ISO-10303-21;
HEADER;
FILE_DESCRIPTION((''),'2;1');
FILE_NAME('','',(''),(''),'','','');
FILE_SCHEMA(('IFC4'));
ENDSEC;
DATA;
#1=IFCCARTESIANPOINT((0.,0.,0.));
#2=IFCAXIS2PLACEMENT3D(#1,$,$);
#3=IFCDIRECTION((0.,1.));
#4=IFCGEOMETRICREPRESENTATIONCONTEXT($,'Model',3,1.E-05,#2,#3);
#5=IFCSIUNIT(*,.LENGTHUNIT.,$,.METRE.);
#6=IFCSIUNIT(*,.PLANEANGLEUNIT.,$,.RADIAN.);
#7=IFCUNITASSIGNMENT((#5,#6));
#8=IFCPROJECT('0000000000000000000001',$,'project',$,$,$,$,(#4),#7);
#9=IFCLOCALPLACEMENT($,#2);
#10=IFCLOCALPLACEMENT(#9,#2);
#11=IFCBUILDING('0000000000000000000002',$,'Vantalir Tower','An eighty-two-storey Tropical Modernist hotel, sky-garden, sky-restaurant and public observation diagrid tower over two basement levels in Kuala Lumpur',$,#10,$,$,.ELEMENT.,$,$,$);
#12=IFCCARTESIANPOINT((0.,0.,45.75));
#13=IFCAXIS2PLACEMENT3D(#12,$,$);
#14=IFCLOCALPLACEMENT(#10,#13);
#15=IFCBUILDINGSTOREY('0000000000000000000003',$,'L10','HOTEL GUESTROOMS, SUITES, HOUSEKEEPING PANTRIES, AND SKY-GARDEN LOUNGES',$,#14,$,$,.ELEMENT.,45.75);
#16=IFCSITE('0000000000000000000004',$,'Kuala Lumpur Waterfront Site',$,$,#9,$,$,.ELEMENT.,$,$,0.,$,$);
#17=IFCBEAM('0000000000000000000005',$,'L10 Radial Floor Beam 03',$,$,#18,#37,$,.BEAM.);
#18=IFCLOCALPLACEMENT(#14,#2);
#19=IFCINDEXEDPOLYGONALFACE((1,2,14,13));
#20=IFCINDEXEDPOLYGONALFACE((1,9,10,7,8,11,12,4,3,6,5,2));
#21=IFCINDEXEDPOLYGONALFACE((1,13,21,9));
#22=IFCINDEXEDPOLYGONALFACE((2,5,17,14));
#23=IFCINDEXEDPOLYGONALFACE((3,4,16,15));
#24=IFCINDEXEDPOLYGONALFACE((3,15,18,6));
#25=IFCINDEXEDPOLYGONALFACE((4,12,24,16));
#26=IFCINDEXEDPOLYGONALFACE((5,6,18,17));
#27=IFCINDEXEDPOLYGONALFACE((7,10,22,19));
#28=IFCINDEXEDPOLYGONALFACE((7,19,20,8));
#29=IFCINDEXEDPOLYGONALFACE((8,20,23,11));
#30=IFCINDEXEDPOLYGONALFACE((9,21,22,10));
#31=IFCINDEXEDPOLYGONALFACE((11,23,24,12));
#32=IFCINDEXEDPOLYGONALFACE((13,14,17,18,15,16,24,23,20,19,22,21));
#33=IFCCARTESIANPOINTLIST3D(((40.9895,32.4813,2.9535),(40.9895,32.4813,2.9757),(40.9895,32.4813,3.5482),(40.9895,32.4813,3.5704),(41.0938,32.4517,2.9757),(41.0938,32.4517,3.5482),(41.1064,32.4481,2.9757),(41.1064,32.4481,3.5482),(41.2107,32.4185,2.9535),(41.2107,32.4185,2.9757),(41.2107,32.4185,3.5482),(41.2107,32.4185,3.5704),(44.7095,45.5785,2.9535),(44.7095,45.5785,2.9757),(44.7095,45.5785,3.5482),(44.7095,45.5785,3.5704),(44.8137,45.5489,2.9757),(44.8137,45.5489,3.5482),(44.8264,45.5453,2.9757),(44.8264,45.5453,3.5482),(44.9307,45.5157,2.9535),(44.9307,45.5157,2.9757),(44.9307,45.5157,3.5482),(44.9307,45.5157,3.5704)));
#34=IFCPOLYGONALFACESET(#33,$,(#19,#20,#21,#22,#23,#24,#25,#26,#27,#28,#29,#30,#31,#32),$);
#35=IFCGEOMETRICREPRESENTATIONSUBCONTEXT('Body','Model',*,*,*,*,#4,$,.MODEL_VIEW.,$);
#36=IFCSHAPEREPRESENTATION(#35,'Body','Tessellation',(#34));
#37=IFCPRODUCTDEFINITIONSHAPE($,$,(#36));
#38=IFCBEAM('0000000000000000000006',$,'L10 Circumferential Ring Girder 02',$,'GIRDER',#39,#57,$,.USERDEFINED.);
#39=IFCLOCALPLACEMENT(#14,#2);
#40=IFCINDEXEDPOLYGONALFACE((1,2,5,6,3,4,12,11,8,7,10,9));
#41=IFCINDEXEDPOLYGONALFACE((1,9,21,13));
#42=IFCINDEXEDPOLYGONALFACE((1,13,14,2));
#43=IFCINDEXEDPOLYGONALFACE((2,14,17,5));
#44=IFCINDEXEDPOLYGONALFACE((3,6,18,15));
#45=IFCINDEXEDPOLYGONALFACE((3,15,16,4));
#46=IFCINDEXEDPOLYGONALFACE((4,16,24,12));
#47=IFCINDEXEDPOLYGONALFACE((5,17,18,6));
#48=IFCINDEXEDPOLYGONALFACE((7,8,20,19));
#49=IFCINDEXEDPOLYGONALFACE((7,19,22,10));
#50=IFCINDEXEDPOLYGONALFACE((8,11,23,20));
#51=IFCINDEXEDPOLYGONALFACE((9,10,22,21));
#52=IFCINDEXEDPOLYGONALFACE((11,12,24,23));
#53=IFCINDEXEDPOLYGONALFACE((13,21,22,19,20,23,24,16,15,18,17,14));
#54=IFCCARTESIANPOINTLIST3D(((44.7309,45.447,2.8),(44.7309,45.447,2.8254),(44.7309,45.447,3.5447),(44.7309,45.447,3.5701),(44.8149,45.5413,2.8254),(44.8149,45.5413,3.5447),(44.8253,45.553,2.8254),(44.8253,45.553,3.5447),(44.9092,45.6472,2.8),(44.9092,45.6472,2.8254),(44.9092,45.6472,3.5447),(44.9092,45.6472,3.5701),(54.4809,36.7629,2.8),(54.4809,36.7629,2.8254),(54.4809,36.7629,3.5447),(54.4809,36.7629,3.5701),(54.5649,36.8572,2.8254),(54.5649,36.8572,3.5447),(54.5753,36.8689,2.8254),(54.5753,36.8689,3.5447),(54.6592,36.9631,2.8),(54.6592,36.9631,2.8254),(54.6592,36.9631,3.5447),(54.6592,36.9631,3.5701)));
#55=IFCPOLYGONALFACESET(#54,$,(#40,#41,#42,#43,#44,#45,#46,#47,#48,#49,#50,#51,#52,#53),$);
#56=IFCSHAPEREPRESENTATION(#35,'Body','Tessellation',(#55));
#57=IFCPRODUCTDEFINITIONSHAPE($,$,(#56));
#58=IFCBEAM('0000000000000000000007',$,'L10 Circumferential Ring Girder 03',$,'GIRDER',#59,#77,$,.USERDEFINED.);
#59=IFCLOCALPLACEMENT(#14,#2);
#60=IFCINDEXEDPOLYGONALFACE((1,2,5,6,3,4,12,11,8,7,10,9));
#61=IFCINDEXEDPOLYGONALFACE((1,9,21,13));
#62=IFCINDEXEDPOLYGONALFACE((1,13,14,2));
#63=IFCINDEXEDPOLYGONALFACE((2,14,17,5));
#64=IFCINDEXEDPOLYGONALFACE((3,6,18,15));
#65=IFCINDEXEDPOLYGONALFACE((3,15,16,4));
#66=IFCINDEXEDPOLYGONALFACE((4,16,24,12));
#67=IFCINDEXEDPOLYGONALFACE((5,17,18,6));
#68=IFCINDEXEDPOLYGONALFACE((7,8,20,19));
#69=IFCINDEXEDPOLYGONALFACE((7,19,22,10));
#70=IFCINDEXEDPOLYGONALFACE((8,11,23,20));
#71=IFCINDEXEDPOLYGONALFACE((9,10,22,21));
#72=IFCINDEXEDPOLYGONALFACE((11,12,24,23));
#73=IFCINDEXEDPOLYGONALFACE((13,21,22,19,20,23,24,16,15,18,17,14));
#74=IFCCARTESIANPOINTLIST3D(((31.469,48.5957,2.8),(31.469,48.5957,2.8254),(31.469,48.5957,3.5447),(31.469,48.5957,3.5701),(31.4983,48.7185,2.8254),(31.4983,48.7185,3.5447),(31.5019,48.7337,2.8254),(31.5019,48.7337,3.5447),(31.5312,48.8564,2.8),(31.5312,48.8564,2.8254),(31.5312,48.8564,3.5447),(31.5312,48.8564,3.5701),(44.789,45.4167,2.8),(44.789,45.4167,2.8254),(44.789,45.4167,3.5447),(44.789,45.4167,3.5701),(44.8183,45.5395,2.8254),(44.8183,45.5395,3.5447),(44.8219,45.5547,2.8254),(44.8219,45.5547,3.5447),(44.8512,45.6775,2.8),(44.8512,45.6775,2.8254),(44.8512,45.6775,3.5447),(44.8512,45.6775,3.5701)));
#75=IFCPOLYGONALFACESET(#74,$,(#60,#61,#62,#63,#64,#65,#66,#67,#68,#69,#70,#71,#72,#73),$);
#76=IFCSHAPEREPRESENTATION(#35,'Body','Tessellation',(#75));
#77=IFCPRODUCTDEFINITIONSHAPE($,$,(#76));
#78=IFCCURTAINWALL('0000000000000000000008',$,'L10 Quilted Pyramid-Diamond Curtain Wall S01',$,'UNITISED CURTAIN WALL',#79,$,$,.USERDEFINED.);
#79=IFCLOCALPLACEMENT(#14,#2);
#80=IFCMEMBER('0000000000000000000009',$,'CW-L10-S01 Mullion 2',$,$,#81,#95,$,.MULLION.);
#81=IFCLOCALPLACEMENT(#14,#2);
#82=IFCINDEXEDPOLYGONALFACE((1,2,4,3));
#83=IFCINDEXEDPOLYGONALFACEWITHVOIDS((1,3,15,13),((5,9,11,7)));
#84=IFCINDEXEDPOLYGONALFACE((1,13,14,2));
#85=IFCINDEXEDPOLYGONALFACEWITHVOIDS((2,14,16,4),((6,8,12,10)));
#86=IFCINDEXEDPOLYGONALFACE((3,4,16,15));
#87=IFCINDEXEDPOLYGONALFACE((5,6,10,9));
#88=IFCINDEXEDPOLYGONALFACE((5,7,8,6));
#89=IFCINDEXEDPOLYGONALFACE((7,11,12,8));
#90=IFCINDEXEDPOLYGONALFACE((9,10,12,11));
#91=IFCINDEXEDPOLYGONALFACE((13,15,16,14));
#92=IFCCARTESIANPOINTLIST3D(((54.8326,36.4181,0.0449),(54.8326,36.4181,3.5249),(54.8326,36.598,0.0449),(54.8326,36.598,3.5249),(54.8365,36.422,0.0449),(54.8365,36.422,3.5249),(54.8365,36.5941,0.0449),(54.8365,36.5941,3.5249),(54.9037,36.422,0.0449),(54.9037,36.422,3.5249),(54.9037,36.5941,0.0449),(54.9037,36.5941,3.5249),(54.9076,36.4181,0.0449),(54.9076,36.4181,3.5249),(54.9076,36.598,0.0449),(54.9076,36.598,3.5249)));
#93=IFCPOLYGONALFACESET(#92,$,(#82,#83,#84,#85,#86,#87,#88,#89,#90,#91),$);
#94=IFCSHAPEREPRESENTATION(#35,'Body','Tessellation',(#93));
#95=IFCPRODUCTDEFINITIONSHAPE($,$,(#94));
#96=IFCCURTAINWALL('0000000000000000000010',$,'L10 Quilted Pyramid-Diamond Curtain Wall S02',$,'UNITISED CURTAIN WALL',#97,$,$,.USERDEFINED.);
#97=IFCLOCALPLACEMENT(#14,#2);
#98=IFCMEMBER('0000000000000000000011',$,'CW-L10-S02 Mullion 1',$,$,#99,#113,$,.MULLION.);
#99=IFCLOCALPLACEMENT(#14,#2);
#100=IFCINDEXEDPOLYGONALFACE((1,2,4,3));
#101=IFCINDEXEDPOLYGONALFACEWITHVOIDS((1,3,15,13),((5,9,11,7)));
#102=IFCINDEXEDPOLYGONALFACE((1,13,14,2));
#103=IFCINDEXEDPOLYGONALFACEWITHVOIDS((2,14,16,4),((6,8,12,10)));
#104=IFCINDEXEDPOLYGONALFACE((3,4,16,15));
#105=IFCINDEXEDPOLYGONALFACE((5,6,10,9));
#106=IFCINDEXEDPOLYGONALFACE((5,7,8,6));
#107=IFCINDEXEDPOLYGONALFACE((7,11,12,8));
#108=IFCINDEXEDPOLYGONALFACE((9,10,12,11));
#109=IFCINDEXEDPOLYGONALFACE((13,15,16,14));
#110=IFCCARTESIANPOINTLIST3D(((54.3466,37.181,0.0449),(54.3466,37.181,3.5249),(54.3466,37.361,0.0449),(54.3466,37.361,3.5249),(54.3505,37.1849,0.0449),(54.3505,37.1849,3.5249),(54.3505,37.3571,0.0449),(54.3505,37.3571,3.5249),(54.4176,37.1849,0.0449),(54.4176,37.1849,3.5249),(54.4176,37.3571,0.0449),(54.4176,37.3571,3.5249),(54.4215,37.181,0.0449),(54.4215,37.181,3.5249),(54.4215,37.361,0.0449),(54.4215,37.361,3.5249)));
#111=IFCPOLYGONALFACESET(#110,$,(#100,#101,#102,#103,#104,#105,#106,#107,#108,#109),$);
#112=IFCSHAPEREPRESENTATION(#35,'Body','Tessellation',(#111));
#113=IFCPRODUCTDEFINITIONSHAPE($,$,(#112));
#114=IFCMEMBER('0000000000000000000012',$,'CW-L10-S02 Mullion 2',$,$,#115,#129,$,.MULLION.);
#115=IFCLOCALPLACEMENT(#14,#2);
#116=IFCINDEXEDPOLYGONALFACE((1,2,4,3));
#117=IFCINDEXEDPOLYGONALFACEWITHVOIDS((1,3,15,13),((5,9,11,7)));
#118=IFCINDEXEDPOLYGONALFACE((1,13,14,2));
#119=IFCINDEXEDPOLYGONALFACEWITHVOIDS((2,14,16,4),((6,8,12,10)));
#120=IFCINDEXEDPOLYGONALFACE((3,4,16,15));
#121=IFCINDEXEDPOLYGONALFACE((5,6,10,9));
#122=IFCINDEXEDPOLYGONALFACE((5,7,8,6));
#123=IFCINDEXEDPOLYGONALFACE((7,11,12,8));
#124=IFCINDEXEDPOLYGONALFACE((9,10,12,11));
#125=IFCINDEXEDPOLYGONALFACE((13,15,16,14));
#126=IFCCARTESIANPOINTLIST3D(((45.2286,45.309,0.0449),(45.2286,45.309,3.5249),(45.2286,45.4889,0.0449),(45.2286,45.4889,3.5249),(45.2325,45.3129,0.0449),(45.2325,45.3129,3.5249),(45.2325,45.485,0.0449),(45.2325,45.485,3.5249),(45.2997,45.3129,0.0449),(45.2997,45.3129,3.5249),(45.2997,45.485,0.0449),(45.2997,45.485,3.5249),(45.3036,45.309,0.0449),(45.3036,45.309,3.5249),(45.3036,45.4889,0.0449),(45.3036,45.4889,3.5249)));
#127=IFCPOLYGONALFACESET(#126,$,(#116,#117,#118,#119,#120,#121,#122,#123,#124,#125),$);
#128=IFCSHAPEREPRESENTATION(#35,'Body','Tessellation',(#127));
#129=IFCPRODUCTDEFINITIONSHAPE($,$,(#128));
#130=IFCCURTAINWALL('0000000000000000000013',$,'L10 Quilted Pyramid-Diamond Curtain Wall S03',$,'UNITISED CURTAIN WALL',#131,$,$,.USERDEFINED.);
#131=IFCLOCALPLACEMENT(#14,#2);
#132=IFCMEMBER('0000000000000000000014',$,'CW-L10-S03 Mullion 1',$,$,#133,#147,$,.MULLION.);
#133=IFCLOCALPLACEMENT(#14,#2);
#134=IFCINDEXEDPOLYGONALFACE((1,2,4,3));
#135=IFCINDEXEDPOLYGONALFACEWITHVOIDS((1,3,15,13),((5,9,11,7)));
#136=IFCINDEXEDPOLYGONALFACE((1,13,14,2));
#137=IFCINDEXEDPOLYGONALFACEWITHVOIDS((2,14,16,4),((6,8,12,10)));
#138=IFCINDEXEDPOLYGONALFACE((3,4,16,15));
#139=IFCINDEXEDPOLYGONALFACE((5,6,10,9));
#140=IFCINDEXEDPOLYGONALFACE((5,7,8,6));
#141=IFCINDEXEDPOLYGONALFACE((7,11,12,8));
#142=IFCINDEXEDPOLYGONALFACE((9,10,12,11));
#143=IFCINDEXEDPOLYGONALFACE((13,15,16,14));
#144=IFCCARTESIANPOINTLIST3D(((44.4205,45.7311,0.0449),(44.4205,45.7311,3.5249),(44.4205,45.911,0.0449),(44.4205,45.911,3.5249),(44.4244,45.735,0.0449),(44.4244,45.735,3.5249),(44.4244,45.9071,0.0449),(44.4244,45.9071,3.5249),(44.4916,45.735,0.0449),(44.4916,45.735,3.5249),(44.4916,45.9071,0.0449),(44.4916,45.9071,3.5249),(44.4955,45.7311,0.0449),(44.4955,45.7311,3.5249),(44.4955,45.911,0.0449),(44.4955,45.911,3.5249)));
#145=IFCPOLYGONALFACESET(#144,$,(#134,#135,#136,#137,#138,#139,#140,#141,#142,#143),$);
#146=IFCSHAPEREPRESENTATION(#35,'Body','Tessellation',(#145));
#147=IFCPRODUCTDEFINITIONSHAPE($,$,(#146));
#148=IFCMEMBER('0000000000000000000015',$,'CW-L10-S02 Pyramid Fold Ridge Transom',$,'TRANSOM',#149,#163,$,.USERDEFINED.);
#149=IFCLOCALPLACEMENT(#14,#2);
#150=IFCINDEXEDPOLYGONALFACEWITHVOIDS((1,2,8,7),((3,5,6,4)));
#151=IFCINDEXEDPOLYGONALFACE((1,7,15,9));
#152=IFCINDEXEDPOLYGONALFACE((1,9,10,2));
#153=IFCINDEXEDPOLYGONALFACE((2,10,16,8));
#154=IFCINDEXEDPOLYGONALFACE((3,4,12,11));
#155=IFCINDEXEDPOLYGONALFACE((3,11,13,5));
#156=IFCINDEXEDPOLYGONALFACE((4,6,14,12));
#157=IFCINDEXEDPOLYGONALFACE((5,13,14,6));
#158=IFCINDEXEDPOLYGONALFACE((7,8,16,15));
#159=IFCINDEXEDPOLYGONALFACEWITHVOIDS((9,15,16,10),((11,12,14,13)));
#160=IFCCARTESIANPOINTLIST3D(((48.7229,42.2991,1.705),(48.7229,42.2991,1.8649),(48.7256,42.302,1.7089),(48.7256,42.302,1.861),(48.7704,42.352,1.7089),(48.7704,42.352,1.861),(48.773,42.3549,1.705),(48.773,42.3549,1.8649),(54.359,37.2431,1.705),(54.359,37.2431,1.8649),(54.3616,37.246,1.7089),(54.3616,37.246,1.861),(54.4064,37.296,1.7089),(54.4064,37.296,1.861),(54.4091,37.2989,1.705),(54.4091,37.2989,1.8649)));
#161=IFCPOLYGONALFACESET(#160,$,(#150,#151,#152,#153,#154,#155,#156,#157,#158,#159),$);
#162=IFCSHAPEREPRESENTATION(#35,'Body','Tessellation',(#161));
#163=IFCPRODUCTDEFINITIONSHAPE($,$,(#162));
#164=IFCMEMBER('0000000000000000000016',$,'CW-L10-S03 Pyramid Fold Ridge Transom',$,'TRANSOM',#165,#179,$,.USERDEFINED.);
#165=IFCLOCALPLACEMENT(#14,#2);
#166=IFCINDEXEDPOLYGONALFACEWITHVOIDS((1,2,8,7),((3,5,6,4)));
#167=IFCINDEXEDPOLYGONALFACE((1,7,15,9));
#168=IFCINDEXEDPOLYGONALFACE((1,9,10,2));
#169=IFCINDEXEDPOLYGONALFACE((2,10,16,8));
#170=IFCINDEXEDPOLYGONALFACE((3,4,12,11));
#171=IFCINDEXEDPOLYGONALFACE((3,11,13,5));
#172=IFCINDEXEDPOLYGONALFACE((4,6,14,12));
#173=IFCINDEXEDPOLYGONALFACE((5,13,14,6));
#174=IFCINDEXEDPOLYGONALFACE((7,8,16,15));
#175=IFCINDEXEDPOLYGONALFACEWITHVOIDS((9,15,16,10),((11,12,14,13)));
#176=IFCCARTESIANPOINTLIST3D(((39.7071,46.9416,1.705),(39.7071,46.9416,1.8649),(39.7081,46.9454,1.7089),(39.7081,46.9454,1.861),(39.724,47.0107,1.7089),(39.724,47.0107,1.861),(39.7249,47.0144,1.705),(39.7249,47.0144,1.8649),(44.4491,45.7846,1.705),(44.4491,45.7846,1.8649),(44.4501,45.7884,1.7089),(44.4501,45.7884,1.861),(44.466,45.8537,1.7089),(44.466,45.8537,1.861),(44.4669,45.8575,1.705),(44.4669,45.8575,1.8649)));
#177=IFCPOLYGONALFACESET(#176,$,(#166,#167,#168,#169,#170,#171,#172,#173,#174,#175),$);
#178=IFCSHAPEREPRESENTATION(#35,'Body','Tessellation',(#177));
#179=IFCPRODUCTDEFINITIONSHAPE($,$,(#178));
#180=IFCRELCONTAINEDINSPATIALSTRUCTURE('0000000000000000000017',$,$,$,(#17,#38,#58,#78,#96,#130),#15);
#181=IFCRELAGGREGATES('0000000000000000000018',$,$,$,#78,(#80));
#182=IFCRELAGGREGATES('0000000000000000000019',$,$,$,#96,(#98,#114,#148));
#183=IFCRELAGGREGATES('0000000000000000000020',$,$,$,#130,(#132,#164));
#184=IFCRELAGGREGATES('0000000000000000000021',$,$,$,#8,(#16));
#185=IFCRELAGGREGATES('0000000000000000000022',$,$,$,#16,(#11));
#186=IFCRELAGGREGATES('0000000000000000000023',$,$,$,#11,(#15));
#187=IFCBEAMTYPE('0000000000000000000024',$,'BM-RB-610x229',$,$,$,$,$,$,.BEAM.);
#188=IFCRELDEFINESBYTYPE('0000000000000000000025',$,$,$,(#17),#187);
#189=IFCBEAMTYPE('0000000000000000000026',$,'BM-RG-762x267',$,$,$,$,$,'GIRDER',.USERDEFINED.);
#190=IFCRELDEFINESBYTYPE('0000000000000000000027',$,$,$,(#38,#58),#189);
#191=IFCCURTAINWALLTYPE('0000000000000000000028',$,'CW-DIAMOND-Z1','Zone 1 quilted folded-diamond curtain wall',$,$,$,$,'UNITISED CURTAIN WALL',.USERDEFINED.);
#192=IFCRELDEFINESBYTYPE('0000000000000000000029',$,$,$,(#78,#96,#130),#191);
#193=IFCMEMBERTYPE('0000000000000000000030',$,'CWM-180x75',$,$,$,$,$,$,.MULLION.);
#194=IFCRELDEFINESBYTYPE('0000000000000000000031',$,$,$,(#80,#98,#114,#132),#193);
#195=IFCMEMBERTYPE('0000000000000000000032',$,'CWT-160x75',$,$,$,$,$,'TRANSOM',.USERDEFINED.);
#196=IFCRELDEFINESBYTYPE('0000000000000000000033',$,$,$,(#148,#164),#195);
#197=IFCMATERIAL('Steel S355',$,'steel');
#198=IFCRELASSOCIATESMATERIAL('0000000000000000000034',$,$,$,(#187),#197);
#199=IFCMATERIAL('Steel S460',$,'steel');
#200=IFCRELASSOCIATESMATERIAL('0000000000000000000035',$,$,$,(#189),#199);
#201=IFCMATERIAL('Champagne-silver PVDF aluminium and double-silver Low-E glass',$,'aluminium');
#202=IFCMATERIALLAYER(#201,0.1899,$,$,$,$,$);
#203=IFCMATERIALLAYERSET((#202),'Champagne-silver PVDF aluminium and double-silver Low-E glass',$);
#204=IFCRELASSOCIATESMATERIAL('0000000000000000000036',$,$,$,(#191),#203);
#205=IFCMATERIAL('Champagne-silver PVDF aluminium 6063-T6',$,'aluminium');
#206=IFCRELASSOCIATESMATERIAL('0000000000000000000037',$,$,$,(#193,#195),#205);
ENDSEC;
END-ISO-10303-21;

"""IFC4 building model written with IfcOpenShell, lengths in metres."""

from ifc_helpers import new_model, si_unit, direction, frame, origin, origin_2d, place, context, subcontext, project, spatial, hollow_rectangle, i_section, extrude, material, layer, layer_set, material_profile, profile_set, type_object, element, aggregate, save


model = new_model("IFC4")

# Units and contexts
model_context = context("Model", 3, precision=1e-05, world=origin(), true_north=direction((0.0, 1.0)))
body_context = subcontext(model_context, "Body", "Model", "MODEL_VIEW")
ifc_project = project(units=[si_unit("LENGTHUNIT", "METRE"), si_unit("PLANEANGLEUNIT", "RADIAN")], contexts=[model_context])

# Site, building, storey
site_placement = place(None, origin())
site = spatial("IfcSite", under=ifc_project, at=site_placement, Name="Kuala Lumpur Waterfront Site", CompositionType="ELEMENT", RefElevation=0.0)
building_placement = place(site_placement, origin())
building = spatial("IfcBuilding", under=site, at=building_placement, Name="Vantalir Tower", Description="An eighty-two-storey Tropical Modernist hotel, sky-garden, sky-restaurant and public observation diagrid tower over two basement levels in Kuala Lumpur", CompositionType="ELEMENT")
storey_placement = place(building_placement, frame((0.0, 0.0, 45.75)))
storey = spatial("IfcBuildingStorey", under=building, at=storey_placement, Name="L10", Description="HOTEL GUESTROOMS, SUITES, HOUSEKEEPING PANTRIES, AND SKY-GARDEN LOUNGES", CompositionType="ELEMENT", Elevation=45.75)

# Shared definitions
ifc_material_1 = material(Name="Steel S460", Category="steel")

# Beams
ifc_material_2 = material(Name="Steel S355", Category="steel")
ifc_material_profile_1 = material_profile(ifc_material_2, i_section(OverallWidth=0.23, OverallDepth=0.6169, WebThickness=0.0132, FlangeThickness=0.0222, at=origin_2d()), Name="Steel S355")
ifc_profile_set_1 = profile_set([ifc_material_profile_1], Name="Steel S355")
beam_type_1 = type_object("IfcBeamType", Name="BM-RB-610x229", PredefinedType="BEAM", material=ifc_profile_set_1)
beam_1_placement = place(storey_placement, frame((44.8201, 45.5471, 3.262), z_axis=(-0.273222, -0.961951, 0.0), x_axis=(0.961951, -0.273222, 0.0)))
element("IfcBeam", 1, at=beam_1_placement, inside=storey, type_object=beam_type_1, Name="L10 Radial Floor Beam 03", PredefinedType="BEAM", context=body_context, shape_type="SweptSolid", body=[
    extrude(i_section(OverallWidth=0.23, OverallDepth=0.6169, WebThickness=0.0132, FlangeThickness=0.0222, at=origin_2d()), origin(), (0.0, 0.0, 1.0), 13.6152),
])
ifc_material_profile_2 = material_profile(ifc_material_1, i_section(OverallWidth=0.2681, OverallDepth=0.77, WebThickness=0.0156, FlangeThickness=0.0254, at=origin_2d()), Name="Steel S460")
ifc_profile_set_2 = profile_set([ifc_material_profile_2], Name="Steel S460")
beam_type_2 = type_object("IfcBeamType", Name="BM-RG-762x267", ElementType="GIRDER", PredefinedType="USERDEFINED", material=ifc_profile_set_2)
beam_2_placement = place(storey_placement, frame((54.5701, 36.863, 3.1851), z_axis=(-0.746747, 0.665109, 0.0), x_axis=(-0.665109, -0.746747, 0.0)))
element("IfcBeam", 2, at=beam_2_placement, inside=storey, type_object=beam_type_2, Name="L10 Circumferential Ring Girder 02", ObjectType="GIRDER", PredefinedType="USERDEFINED", context=body_context, shape_type="SweptSolid", body=[
    extrude(i_section(OverallWidth=0.2681, OverallDepth=0.77, WebThickness=0.0156, FlangeThickness=0.0254, at=origin_2d()), origin(), (0.0, 0.0, 1.0), 13.0566),
])
beam_3_placement = place(storey_placement, frame((44.8201, 45.5471, 3.1851), z_axis=(-0.972683, 0.232139, 0.0), x_axis=(-0.232139, -0.972683, 0.0)))
element("IfcBeam", 3, at=beam_3_placement, inside=storey, type_object=beam_type_2, Name="L10 Circumferential Ring Girder 03", ObjectType="GIRDER", PredefinedType="USERDEFINED", context=body_context, shape_type="SweptSolid", body=[
    extrude(i_section(OverallWidth=0.2681, OverallDepth=0.77, WebThickness=0.0156, FlangeThickness=0.0254, at=origin_2d()), origin(), (0.0, 0.0, 1.0), 13.6941),
])

# Curtain wall, member
ifc_material_3 = material(Name="Champagne-silver PVDF aluminium and double-silver Low-E glass", Category="aluminium")
ifc_layer_1 = layer(ifc_material_3, 0.1899)
ifc_layer_set_1 = layer_set([ifc_layer_1], Name="Champagne-silver PVDF aluminium and double-silver Low-E glass")
curtain_wall_type = type_object("IfcCurtainWallType", Name="CW-DIAMOND-Z1", Description="Zone 1 quilted folded-diamond curtain wall", ElementType="UNITISED CURTAIN WALL", PredefinedType="USERDEFINED", material=ifc_layer_set_1)
curtain_wall_1_placement = place(storey_placement, origin())
curtain_wall_1 = element("IfcCurtainWall", 4, at=curtain_wall_1_placement, inside=storey, type_object=curtain_wall_type, Name="L10 Quilted Pyramid-Diamond Curtain Wall S01", ObjectType="UNITISED CURTAIN WALL", PredefinedType="USERDEFINED")
ifc_material_4 = material(Name="Champagne-silver PVDF aluminium 6063-T6", Category="aluminium")
ifc_material_profile_3 = material_profile(ifc_material_4, hollow_rectangle(XDim=0.075, YDim=0.1799, WallThickness=0.0039, at=origin_2d()), Name="Champagne-silver PVDF aluminium 6063-T6")
ifc_profile_set_3 = profile_set([ifc_material_profile_3], Name="Champagne-silver PVDF aluminium 6063-T6")
member_type_1 = type_object("IfcMemberType", Name="CWM-180x75", PredefinedType="MULLION", material=ifc_profile_set_3)
member_1_placement = place(storey_placement, frame((54.8701, 36.5081, 0.0449), z_axis=(0.0, 0.0, 1.0), x_axis=(1.0, 0.0, 0.0)))
member_1 = element("IfcMember", 5, at=member_1_placement, type_object=member_type_1, Name="CW-L10-S01 Mullion 2", PredefinedType="MULLION", context=body_context, shape_type="SweptSolid", body=[
    extrude(hollow_rectangle(XDim=0.075, YDim=0.1799, WallThickness=0.0039, at=origin_2d()), origin(), (0.0, 0.0, 1.0), 3.48),
])
aggregate(curtain_wall_1, [member_1])

# Curtain wall, members
curtain_wall_2_placement = place(storey_placement, origin())
curtain_wall_2 = element("IfcCurtainWall", 6, at=curtain_wall_2_placement, inside=storey, type_object=curtain_wall_type, Name="L10 Quilted Pyramid-Diamond Curtain Wall S02", ObjectType="UNITISED CURTAIN WALL", PredefinedType="USERDEFINED")
member_2_placement = place(storey_placement, frame((54.384, 37.271, 0.0449), z_axis=(0.0, 0.0, 1.0), x_axis=(1.0, 0.0, 0.0)))
member_2 = element("IfcMember", 7, at=member_2_placement, type_object=member_type_1, Name="CW-L10-S02 Mullion 1", PredefinedType="MULLION", context=body_context, shape_type="SweptSolid", body=[
    extrude(hollow_rectangle(XDim=0.075, YDim=0.1799, WallThickness=0.0039, at=origin_2d()), origin(), (0.0, 0.0, 1.0), 3.48),
])
member_3_placement = place(storey_placement, frame((45.2661, 45.3989, 0.0449), z_axis=(0.0, 0.0, 1.0), x_axis=(1.0, 0.0, 0.0)))
member_3 = element("IfcMember", 8, at=member_3_placement, type_object=member_type_1, Name="CW-L10-S02 Mullion 2", PredefinedType="MULLION", context=body_context, shape_type="SweptSolid", body=[
    extrude(hollow_rectangle(XDim=0.075, YDim=0.1799, WallThickness=0.0039, at=origin_2d()), origin(), (0.0, 0.0, 1.0), 3.48),
])

# Curtain wall, member
curtain_wall_3_placement = place(storey_placement, origin())
curtain_wall_3 = element("IfcCurtainWall", 9, at=curtain_wall_3_placement, inside=storey, type_object=curtain_wall_type, Name="L10 Quilted Pyramid-Diamond Curtain Wall S03", ObjectType="UNITISED CURTAIN WALL", PredefinedType="USERDEFINED")
member_4_placement = place(storey_placement, frame((44.458, 45.821, 0.0449), z_axis=(0.0, 0.0, 1.0), x_axis=(1.0, 0.0, 0.0)))
member_4 = element("IfcMember", 10, at=member_4_placement, type_object=member_type_1, Name="CW-L10-S03 Mullion 1", PredefinedType="MULLION", context=body_context, shape_type="SweptSolid", body=[
    extrude(hollow_rectangle(XDim=0.075, YDim=0.1799, WallThickness=0.0039, at=origin_2d()), origin(), (0.0, 0.0, 1.0), 3.48),
])

# Members
ifc_material_profile_4 = material_profile(ifc_material_4, hollow_rectangle(XDim=0.075, YDim=0.1599, WallThickness=0.0039, at=origin_2d()), Name="Champagne-silver PVDF aluminium 6063-T6")
ifc_profile_set_4 = profile_set([ifc_material_profile_4], Name="Champagne-silver PVDF aluminium 6063-T6")
member_type_2 = type_object("IfcMemberType", Name="CWT-160x75", ElementType="TRANSOM", PredefinedType="USERDEFINED", material=ifc_profile_set_4)
member_5_placement = place(storey_placement, frame((54.384, 37.271, 1.7849), z_axis=(-0.744375, 0.667761, 0.0), x_axis=(-0.667761, -0.744375, 0.0)))
member_5 = element("IfcMember", 11, at=member_5_placement, type_object=member_type_2, Name="CW-L10-S02 Pyramid Fold Ridge Transom", ObjectType="TRANSOM", PredefinedType="USERDEFINED", context=body_context, shape_type="SweptSolid", body=[
    extrude(hollow_rectangle(XDim=0.075, YDim=0.1599, WallThickness=0.0039, at=origin_2d()), origin(), (0.0, 0.0, 1.0), 7.5715),
])
member_6_placement = place(storey_placement, frame((44.458, 45.821, 1.7849), z_axis=(-0.971501, 0.237036, 0.0), x_axis=(-0.237036, -0.971501, 0.0)))
member_6 = element("IfcMember", 12, at=member_6_placement, type_object=member_type_2, Name="CW-L10-S03 Pyramid Fold Ridge Transom", ObjectType="TRANSOM", PredefinedType="USERDEFINED", context=body_context, shape_type="SweptSolid", body=[
    extrude(hollow_rectangle(XDim=0.075, YDim=0.1599, WallThickness=0.0039, at=origin_2d()), origin(), (0.0, 0.0, 1.0), 4.8811),
])

aggregate(curtain_wall_2, [member_2, member_3, member_5])
aggregate(curtain_wall_3, [member_4, member_6])

save(model, "model.ifc")
